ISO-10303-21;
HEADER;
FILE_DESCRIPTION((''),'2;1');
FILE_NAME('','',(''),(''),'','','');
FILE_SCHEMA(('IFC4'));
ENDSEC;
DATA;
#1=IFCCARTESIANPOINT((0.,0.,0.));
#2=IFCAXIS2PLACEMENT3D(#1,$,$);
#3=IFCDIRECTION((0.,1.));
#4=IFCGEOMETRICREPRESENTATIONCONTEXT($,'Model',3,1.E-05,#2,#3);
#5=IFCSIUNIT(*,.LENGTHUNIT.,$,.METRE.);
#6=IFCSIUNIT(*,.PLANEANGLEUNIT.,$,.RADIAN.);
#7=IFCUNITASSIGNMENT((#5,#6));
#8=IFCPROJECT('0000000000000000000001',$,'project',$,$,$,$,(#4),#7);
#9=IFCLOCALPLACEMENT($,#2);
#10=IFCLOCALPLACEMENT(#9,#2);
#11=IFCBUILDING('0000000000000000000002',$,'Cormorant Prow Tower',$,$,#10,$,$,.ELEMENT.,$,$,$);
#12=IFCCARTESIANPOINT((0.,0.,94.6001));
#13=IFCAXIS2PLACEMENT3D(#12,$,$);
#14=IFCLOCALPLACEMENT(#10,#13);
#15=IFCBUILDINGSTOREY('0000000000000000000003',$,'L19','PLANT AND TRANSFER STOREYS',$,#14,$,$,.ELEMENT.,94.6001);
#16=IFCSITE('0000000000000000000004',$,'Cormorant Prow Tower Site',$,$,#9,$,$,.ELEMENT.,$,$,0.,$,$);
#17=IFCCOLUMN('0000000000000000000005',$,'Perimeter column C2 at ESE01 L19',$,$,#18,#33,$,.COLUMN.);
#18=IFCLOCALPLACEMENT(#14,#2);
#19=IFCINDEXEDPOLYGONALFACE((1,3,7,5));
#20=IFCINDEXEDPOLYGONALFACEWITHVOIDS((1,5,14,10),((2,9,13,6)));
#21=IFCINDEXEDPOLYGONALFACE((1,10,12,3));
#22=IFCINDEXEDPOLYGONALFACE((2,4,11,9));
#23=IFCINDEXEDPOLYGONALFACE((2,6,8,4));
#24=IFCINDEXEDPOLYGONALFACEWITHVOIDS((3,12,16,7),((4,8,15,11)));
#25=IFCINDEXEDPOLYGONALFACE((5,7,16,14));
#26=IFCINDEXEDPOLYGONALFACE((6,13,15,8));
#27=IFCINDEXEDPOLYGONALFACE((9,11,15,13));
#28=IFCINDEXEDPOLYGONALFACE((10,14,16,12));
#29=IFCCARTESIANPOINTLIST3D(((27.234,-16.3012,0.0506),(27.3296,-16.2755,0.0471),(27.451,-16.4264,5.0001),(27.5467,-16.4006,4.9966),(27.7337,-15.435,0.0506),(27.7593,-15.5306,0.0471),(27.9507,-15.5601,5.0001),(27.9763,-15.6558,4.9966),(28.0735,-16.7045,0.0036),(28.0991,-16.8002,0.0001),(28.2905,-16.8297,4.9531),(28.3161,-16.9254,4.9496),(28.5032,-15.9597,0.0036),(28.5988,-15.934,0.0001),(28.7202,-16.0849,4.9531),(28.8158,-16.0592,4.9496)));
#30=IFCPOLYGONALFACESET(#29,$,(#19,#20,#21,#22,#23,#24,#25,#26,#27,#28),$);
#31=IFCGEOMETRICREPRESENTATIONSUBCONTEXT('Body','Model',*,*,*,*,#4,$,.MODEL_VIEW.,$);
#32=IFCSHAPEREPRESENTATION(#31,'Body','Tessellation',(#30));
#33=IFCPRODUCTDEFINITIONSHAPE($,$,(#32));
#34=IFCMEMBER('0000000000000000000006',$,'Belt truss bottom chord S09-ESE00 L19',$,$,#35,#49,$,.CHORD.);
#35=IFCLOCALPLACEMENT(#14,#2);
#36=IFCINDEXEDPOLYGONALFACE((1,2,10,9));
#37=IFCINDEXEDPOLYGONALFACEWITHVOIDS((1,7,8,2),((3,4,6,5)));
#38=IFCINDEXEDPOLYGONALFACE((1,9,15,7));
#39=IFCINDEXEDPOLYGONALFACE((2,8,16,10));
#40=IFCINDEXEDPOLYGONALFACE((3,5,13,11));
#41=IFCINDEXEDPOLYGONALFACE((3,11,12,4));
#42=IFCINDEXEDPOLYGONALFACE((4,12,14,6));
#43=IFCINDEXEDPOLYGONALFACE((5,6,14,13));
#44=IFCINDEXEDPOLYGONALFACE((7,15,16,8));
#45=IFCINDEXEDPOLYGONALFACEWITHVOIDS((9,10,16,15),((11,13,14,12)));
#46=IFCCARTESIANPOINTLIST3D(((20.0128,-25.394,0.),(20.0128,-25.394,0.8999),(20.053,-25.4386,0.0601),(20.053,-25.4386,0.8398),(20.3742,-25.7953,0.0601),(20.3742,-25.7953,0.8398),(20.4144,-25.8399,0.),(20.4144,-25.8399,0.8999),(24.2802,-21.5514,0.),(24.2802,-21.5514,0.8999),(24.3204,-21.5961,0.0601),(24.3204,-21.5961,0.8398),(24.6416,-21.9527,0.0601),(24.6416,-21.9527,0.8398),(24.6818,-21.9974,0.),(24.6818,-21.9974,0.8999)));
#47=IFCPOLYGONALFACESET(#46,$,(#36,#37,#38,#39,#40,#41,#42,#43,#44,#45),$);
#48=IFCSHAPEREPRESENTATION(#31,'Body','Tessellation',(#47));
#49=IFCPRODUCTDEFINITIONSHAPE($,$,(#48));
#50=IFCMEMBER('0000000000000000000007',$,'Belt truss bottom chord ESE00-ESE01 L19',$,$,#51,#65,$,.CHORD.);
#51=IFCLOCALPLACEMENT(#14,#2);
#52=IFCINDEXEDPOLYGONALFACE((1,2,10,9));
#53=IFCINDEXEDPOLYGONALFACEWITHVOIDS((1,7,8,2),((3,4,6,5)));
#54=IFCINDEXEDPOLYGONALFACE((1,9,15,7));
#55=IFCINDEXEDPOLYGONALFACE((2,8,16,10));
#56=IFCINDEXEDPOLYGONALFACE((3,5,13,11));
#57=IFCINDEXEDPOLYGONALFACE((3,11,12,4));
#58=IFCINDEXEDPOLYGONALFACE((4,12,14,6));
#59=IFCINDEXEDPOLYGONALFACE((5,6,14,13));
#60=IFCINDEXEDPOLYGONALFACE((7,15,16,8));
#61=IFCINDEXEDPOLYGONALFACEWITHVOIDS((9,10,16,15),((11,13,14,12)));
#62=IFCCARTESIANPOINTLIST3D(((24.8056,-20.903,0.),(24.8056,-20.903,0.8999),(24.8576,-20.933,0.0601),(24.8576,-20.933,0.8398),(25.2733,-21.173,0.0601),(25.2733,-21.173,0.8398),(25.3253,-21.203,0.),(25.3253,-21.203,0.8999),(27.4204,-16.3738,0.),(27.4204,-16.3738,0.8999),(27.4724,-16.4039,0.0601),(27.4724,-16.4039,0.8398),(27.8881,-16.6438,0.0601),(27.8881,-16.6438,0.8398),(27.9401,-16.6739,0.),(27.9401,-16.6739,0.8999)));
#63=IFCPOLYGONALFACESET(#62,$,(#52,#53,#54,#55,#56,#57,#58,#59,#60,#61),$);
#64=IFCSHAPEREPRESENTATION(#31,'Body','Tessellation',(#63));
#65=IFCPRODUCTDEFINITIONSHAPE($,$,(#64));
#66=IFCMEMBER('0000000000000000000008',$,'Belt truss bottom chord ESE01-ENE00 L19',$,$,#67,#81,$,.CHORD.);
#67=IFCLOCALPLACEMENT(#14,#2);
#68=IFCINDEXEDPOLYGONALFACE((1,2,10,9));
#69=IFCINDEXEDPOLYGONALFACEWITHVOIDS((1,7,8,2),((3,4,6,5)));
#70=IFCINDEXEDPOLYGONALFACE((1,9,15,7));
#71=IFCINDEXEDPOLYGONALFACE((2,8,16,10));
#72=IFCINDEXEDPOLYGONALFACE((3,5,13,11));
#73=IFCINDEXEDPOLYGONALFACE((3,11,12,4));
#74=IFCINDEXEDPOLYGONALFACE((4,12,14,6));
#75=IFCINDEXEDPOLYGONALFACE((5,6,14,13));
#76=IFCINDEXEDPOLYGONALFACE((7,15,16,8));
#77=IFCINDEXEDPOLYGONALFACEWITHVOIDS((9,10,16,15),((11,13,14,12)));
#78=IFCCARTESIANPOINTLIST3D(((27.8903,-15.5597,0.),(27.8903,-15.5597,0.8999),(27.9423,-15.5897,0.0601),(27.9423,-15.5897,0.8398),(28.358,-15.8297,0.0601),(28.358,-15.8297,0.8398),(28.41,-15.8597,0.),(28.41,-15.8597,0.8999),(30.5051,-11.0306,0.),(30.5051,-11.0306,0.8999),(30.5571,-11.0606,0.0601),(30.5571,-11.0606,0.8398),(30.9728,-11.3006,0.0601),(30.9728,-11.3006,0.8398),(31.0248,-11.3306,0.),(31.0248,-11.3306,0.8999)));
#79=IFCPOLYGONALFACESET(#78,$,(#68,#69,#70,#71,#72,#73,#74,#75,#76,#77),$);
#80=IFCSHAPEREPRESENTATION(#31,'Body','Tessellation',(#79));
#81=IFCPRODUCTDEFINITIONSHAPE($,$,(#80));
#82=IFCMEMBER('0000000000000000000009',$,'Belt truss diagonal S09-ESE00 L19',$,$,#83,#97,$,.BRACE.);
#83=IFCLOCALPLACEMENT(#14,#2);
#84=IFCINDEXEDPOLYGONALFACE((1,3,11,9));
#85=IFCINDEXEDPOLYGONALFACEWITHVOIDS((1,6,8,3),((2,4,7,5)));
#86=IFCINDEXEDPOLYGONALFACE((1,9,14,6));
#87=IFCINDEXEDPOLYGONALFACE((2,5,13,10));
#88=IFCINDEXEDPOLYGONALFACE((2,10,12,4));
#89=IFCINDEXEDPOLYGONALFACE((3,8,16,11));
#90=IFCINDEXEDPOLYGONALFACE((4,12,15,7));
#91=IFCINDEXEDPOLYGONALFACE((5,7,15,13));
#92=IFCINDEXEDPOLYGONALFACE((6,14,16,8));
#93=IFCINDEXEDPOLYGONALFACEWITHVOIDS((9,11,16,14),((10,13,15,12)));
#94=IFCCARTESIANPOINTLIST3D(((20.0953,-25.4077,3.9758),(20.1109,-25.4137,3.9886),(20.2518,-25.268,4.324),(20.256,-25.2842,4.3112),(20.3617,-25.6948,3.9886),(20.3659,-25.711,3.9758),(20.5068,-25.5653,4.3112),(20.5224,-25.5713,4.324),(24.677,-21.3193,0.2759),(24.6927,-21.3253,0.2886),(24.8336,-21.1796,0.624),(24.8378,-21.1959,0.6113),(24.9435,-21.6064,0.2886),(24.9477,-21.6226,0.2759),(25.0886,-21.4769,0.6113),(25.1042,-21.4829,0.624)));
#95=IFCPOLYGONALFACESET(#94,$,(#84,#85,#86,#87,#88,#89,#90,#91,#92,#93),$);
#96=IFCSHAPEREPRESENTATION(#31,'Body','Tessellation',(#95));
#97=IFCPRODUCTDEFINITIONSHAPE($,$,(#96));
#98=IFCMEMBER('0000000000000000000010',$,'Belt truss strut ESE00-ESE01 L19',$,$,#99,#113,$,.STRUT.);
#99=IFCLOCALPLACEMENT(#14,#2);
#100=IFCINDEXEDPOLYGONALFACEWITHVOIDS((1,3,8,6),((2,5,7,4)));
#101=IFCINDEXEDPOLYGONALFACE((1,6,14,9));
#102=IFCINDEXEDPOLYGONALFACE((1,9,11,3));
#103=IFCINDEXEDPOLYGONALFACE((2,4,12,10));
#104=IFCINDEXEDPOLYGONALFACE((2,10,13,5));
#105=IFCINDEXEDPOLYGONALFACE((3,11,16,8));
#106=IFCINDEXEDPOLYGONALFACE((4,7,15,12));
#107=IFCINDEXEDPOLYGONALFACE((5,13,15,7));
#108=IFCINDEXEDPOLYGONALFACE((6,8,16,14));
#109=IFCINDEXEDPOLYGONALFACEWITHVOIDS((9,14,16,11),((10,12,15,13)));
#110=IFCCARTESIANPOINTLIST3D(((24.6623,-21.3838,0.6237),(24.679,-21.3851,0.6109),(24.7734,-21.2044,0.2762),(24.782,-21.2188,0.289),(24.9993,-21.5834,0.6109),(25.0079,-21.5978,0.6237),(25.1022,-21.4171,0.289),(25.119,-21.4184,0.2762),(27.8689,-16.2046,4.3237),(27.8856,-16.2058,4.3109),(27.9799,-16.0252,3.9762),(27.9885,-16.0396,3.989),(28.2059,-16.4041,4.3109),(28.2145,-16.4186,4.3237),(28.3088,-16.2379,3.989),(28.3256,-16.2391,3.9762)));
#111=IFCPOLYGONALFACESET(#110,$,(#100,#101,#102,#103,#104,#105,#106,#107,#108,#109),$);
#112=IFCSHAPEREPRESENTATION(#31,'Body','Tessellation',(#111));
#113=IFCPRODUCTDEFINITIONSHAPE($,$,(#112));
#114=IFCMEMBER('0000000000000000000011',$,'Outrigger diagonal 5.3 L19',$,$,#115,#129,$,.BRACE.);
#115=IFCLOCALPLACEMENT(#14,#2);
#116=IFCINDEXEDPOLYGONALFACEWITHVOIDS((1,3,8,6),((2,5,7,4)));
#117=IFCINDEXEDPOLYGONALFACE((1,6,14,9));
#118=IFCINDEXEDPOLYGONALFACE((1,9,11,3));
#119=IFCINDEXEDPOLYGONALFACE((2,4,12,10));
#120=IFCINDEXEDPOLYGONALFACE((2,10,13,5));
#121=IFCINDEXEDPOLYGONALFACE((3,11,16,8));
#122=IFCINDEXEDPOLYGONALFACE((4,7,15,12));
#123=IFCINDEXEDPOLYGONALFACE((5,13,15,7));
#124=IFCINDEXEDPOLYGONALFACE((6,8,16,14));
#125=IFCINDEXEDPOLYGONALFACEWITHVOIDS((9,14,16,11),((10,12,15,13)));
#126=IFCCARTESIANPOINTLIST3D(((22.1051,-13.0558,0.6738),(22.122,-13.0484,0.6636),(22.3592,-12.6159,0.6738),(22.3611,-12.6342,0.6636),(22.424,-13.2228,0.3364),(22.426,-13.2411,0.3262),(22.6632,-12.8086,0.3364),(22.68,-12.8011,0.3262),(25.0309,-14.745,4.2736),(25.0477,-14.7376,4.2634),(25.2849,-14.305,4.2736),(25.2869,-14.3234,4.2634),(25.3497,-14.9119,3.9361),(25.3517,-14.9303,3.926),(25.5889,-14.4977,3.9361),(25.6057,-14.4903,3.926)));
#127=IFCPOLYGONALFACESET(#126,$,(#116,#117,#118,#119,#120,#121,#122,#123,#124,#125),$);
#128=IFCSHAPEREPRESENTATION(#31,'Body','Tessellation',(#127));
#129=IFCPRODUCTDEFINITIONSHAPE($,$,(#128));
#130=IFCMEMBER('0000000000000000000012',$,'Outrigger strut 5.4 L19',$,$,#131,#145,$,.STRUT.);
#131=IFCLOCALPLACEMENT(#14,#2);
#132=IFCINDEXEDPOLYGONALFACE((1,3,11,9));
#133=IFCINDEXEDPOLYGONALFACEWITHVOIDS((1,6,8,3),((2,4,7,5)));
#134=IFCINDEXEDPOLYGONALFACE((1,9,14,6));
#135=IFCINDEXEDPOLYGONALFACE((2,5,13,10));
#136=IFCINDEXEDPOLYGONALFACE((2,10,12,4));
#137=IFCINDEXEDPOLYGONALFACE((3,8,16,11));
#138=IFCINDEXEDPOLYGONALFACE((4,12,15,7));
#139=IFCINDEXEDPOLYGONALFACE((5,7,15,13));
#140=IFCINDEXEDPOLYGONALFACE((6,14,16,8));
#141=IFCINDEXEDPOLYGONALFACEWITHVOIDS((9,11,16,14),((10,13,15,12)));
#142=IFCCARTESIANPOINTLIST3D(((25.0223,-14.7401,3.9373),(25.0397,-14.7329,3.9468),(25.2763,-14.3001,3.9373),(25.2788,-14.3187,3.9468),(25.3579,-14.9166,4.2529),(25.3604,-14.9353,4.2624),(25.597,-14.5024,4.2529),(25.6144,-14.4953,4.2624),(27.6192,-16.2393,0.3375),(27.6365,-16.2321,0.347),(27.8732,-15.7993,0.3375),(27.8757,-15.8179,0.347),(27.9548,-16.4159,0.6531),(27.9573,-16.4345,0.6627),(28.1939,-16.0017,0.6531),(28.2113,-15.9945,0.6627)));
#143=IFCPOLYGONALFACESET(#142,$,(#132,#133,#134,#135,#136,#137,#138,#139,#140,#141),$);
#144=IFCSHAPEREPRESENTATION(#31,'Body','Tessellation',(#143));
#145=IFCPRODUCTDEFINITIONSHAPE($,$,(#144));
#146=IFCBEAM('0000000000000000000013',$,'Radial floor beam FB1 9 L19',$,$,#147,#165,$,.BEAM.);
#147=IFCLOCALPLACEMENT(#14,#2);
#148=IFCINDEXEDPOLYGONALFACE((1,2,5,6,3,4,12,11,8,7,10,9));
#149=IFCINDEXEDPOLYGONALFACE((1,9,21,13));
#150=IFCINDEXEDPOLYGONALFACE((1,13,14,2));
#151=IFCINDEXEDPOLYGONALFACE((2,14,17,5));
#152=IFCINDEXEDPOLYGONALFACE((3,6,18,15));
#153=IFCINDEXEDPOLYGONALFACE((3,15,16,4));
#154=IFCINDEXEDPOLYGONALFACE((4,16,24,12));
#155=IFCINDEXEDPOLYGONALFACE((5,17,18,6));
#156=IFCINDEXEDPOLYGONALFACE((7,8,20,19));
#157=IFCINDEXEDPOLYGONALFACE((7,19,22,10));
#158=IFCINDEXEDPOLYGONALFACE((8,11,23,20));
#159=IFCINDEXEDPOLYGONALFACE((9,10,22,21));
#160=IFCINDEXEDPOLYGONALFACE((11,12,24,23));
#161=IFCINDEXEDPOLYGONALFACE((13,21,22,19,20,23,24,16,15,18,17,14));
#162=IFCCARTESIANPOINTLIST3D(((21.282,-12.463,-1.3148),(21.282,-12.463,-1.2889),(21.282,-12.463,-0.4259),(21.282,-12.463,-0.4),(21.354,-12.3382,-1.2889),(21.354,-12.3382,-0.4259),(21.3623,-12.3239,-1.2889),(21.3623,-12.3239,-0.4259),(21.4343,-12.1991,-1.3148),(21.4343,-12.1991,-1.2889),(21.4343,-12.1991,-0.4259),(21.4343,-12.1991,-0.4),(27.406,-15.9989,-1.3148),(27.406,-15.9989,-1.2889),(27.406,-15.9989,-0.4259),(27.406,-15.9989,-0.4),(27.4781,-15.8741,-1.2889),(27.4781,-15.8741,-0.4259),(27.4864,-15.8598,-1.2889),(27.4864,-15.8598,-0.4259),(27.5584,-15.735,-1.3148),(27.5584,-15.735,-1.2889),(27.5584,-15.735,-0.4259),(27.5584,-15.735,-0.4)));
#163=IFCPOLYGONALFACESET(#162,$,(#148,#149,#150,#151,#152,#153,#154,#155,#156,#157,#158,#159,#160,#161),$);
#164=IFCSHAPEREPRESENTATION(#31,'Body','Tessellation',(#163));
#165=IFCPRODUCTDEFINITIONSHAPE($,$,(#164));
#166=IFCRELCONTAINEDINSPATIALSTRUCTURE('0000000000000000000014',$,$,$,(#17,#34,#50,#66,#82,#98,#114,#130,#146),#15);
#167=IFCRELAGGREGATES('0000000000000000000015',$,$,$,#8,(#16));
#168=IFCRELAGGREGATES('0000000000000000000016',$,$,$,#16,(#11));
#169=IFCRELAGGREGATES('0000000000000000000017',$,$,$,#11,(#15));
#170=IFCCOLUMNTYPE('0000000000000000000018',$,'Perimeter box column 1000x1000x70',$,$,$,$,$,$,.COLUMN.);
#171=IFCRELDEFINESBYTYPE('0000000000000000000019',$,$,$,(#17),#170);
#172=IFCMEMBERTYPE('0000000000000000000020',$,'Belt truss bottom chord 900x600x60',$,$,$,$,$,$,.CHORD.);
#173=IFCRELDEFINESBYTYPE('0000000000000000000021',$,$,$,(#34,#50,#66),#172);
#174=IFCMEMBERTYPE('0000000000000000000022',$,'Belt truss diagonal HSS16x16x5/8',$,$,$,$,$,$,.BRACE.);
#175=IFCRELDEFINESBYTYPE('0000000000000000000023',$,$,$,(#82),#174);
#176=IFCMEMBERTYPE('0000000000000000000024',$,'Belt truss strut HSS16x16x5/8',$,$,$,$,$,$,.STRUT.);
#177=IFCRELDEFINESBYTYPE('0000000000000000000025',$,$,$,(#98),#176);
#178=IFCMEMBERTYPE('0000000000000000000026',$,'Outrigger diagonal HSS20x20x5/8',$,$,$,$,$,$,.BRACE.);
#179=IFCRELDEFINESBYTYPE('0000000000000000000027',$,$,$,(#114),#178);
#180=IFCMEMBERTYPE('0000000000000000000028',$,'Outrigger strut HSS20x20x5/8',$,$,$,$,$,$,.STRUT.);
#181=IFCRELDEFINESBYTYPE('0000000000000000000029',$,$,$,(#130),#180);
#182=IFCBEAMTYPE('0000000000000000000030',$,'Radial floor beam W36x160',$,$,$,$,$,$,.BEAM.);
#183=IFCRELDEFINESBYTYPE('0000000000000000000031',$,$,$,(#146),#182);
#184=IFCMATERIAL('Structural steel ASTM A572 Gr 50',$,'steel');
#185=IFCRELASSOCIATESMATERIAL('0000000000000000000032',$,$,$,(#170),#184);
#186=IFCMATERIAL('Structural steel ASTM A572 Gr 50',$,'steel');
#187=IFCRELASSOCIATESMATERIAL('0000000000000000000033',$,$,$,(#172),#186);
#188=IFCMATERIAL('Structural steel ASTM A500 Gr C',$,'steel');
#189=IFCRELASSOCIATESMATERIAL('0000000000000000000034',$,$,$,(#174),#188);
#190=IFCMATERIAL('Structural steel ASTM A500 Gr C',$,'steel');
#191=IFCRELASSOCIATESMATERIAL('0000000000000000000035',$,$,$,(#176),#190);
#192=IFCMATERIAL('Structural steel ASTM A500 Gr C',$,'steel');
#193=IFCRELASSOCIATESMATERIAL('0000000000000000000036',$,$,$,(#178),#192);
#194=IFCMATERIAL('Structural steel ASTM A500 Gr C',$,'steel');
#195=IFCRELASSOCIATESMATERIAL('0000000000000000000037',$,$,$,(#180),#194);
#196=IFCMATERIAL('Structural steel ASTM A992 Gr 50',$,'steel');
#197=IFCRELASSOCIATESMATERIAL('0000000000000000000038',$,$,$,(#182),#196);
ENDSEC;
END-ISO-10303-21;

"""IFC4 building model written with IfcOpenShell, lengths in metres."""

from ifc_helpers import new_model, si_unit, direction, frame, origin, origin_2d, place, context, subcontext, project, spatial, hollow_rectangle, i_section, extrude, material, material_profile, profile_set, type_object, element, save


model = new_model("IFC4")

# Units and contexts
model_context = context("Model", 3, precision=1e-05, world=origin(), true_north=direction((0.0, 1.0)))
body_context = subcontext(model_context, "Body", "Model", "MODEL_VIEW")
ifc_project = project(units=[si_unit("LENGTHUNIT", "METRE"), si_unit("PLANEANGLEUNIT", "RADIAN")], contexts=[model_context])

# Site, building, storey
site_placement = place(None, origin())
site = spatial("IfcSite", under=ifc_project, at=site_placement, Name="Cormorant Prow Tower Site", CompositionType="ELEMENT", RefElevation=0.0)
building_placement = place(site_placement, origin())
building = spatial("IfcBuilding", under=site, at=building_placement, Name="Cormorant Prow Tower", CompositionType="ELEMENT")
storey_placement = place(building_placement, frame((0.0, 0.0, 94.6001)))
storey = spatial("IfcBuildingStorey", under=building, at=storey_placement, Name="L19", Description="PLANT AND TRANSFER STOREYS", CompositionType="ELEMENT", Elevation=94.6001)

# Column
ifc_material_1 = material(Name="Structural steel ASTM A572 Gr 50", Category="steel")
ifc_material_profile_1 = material_profile(ifc_material_1, hollow_rectangle(XDim=1.0, YDim=1.0, WallThickness=0.0701, at=origin_2d()), Name="Box 1000x1000x70")
ifc_profile_set_1 = profile_set([ifc_material_profile_1], Name="Structural steel ASTM A572 Gr 50")
column_type = type_object("IfcColumnType", Name="Perimeter box column 1000x1000x70", PredefinedType="COLUMN", material=ifc_profile_set_1)
column_1_placement = place(storey_placement, frame((27.9153, -16.1169, 0.0), z_axis=(0.043792, -0.025261, 0.998721), x_axis=(0.499667, 0.866218, 0.0)))
element("IfcColumn", 1, at=column_1_placement, inside=storey, type_object=column_type, Name="Perimeter column C2 at ESE01 L19", PredefinedType="COLUMN", context=body_context, shape_type="SweptSolid", body=[
    extrude(hollow_rectangle(XDim=1.0, YDim=1.0, WallThickness=0.0701, at=origin_2d()), frame((0.0, 0.0, 0.0254)), (0.0, 0.0, 1.0), 4.9558),
])

# Members
ifc_material_2 = material(Name="Structural steel ASTM A572 Gr 50", Category="steel")
ifc_material_profile_2 = material_profile(ifc_material_2, hollow_rectangle(XDim=0.6001, YDim=0.8999, WallThickness=0.0601, at=origin_2d()), Name="Box 900x600x60")
ifc_profile_set_2 = profile_set([ifc_material_profile_2], Name="Structural steel ASTM A572 Gr 50")
member_type_1 = type_object("IfcMemberType", Name="Belt truss bottom chord 900x600x60", PredefinedType="CHORD", material=ifc_profile_set_2)
member_1_placement = place(storey_placement, frame((20.2136, -25.6169, 0.45), z_axis=(0.743127, 0.66915, 0.0), x_axis=(-0.66915, 0.743127, 0.0)))
element("IfcMember", 2, at=member_1_placement, inside=storey, type_object=member_type_1, Name="Belt truss bottom chord S09-ESE00 L19", PredefinedType="CHORD", context=body_context, shape_type="SweptSolid", body=[
    extrude(hollow_rectangle(XDim=0.6001, YDim=0.8999, WallThickness=0.0601, at=origin_2d()), origin(), (0.0, 0.0, 1.0), 5.7424),
])
for number, where, z_axis, x_axis, name in (
    (3, (25.0654, -21.053, 0.45), (0.499985, 0.866034, 0.0), (-0.866034, 0.499985, 0.0), "Belt truss bottom chord ESE00-ESE01 L19"),
    (4, (28.1501, -15.7097, 0.45), (0.499985, 0.866034, 0.0), (-0.866034, 0.499985, 0.0), "Belt truss bottom chord ESE01-ENE00 L19"),
):
    element("IfcMember", number, at=place(storey_placement, frame(where, z_axis=z_axis, x_axis=x_axis)), inside=storey, type_object=member_type_1, Name=name, PredefinedType="CHORD", context=body_context, shape_type="SweptSolid", body=[
        extrude(hollow_rectangle(XDim=0.6001, YDim=0.8999, WallThickness=0.0601, at=origin_2d()), origin(), (0.0, 0.0, 1.0), 5.2297),
    ])
ifc_material_3 = material(Name="Structural steel ASTM A500 Gr C", Category="steel")
ifc_material_profile_3 = material_profile(ifc_material_3, hollow_rectangle(XDim=0.4065, YDim=0.4065, WallThickness=0.0149, at=origin_2d()), Name="HSS16x16x5/8")
ifc_profile_set_3 = profile_set([ifc_material_profile_3], Name="Structural steel ASTM A500 Gr C")
member_type_2 = type_object("IfcMemberType", Name="Belt truss diagonal HSS16x16x5/8", PredefinedType="BRACE", material=ifc_profile_set_3)
member_2_placement = place(storey_placement, frame((24.8906, -21.4011, 0.45), z_axis=(-0.639094, -0.570271, 0.516091), x_axis=(0.665789, -0.74614, 0.0)))
element("IfcMember", 5, at=member_2_placement, inside=storey, type_object=member_type_2, Name="Belt truss diagonal S09-ESE00 L19", PredefinedType="BRACE", context=body_context, shape_type="SweptSolid", body=[
    extrude(hollow_rectangle(XDim=0.4065, YDim=0.4065, WallThickness=0.0149, at=origin_2d()), origin(), (0.0, 0.0, 1.0), 7.1692),
])
ifc_material_4 = material(Name="Structural steel ASTM A500 Gr C", Category="steel")
ifc_material_profile_4 = material_profile(ifc_material_4, hollow_rectangle(XDim=0.4065, YDim=0.4065, WallThickness=0.0149, at=origin_2d()), Name="HSS16x16x5/8")
ifc_profile_set_4 = profile_set([ifc_material_profile_4], Name="Structural steel ASTM A500 Gr C")
member_type_3 = type_object("IfcMemberType", Name="Belt truss strut HSS16x16x5/8", PredefinedType="STRUT", material=ifc_profile_set_4)
member_3_placement = place(storey_placement, frame((24.8906, -21.4011, 0.45), z_axis=(0.449908, 0.72669, 0.519138), x_axis=(-0.850238, 0.526399, 0.0)))
element("IfcMember", 6, at=member_3_placement, inside=storey, type_object=member_type_3, Name="Belt truss strut ESE00-ESE01 L19", PredefinedType="STRUT", context=body_context, shape_type="SweptSolid", body=[
    extrude(hollow_rectangle(XDim=0.4065, YDim=0.4065, WallThickness=0.0149, at=origin_2d()), origin(), (0.0, 0.0, 1.0), 7.1272),
])
ifc_material_5 = material(Name="Structural steel ASTM A500 Gr C", Category="steel")
ifc_material_profile_5 = material_profile(ifc_material_5, hollow_rectangle(XDim=0.5081, YDim=0.5081, WallThickness=0.0149, at=origin_2d()), Name="HSS20x20x5/8")
ifc_profile_set_5 = profile_set([ifc_material_profile_5], Name="Structural steel ASTM A500 Gr C")
member_type_4 = type_object("IfcMemberType", Name="Outrigger diagonal HSS20x20x5/8", PredefinedType="BRACE", material=ifc_profile_set_5)
member_4_placement = place(storey_placement, frame((22.3926, -12.9285, 0.5), z_axis=(0.59264, -0.342163, 0.729179), x_axis=(0.500002, 0.866024, 0.0)))
element("IfcMember", 7, at=member_4_placement, inside=storey, type_object=member_type_4, Name="Outrigger diagonal 5.3 L19", PredefinedType="BRACE", context=body_context, shape_type="SweptSolid", body=[
    extrude(hollow_rectangle(XDim=0.5081, YDim=0.5081, WallThickness=0.0149, at=origin_2d()), origin(), (0.0, 0.0, 1.0), 4.9368),
])
ifc_material_6 = material(Name="Structural steel ASTM A500 Gr C", Category="steel")
ifc_material_profile_6 = material_profile(ifc_material_6, hollow_rectangle(XDim=0.5081, YDim=0.5081, WallThickness=0.0149, at=origin_2d()), Name="HSS20x20x5/8")
ifc_profile_set_6 = profile_set([ifc_material_profile_6], Name="Structural steel ASTM A500 Gr C")
member_type_5 = type_object("IfcMemberType", Name="Outrigger strut HSS20x20x5/8", PredefinedType="STRUT", material=ifc_profile_set_6)
member_5_placement = place(storey_placement, frame((25.3184, -14.6177, 4.0999), z_axis=(0.554287, -0.320003, -0.768352), x_axis=(0.499983, 0.866035, 0.0)))
element("IfcMember", 8, at=member_5_placement, inside=storey, type_object=member_type_5, Name="Outrigger strut 5.4 L19", PredefinedType="STRUT", context=body_context, shape_type="SweptSolid", body=[
    extrude(hollow_rectangle(XDim=0.5081, YDim=0.5081, WallThickness=0.0149, at=origin_2d()), origin(), (0.0, 0.0, 1.0), 4.6851),
])

# Beam
ifc_material_7 = material(Name="Structural steel ASTM A992 Gr 50", Category="steel")
ifc_material_profile_7 = material_profile(ifc_material_7, i_section(OverallWidth=0.3047, OverallDepth=0.9148, WebThickness=0.0166, FlangeThickness=0.0259, at=origin_2d()), Name="W36x160")
ifc_profile_set_7 = profile_set([ifc_material_profile_7], Name="Structural steel ASTM A992 Gr 50")
beam_type_1 = type_object("IfcBeamType", Name="Radial floor beam W36x160", PredefinedType="BEAM", material=ifc_profile_set_7)
beam_1_placement = place(storey_placement, frame((21.3582, -12.3311, -0.8574), z_axis=(0.866014, -0.500019, 0.0), x_axis=(0.500019, 0.866014, 0.0)))
element("IfcBeam", 9, at=beam_1_placement, inside=storey, type_object=beam_type_1, Name="Radial floor beam FB1 9 L19", PredefinedType="BEAM", context=body_context, shape_type="SweptSolid", body=[
    extrude(i_section(OverallWidth=0.3047, OverallDepth=0.9148, WebThickness=0.0166, FlangeThickness=0.0259, at=origin_2d()), origin(), (0.0, 0.0, 1.0), 7.0715),
])

save(model, "model.ifc")
